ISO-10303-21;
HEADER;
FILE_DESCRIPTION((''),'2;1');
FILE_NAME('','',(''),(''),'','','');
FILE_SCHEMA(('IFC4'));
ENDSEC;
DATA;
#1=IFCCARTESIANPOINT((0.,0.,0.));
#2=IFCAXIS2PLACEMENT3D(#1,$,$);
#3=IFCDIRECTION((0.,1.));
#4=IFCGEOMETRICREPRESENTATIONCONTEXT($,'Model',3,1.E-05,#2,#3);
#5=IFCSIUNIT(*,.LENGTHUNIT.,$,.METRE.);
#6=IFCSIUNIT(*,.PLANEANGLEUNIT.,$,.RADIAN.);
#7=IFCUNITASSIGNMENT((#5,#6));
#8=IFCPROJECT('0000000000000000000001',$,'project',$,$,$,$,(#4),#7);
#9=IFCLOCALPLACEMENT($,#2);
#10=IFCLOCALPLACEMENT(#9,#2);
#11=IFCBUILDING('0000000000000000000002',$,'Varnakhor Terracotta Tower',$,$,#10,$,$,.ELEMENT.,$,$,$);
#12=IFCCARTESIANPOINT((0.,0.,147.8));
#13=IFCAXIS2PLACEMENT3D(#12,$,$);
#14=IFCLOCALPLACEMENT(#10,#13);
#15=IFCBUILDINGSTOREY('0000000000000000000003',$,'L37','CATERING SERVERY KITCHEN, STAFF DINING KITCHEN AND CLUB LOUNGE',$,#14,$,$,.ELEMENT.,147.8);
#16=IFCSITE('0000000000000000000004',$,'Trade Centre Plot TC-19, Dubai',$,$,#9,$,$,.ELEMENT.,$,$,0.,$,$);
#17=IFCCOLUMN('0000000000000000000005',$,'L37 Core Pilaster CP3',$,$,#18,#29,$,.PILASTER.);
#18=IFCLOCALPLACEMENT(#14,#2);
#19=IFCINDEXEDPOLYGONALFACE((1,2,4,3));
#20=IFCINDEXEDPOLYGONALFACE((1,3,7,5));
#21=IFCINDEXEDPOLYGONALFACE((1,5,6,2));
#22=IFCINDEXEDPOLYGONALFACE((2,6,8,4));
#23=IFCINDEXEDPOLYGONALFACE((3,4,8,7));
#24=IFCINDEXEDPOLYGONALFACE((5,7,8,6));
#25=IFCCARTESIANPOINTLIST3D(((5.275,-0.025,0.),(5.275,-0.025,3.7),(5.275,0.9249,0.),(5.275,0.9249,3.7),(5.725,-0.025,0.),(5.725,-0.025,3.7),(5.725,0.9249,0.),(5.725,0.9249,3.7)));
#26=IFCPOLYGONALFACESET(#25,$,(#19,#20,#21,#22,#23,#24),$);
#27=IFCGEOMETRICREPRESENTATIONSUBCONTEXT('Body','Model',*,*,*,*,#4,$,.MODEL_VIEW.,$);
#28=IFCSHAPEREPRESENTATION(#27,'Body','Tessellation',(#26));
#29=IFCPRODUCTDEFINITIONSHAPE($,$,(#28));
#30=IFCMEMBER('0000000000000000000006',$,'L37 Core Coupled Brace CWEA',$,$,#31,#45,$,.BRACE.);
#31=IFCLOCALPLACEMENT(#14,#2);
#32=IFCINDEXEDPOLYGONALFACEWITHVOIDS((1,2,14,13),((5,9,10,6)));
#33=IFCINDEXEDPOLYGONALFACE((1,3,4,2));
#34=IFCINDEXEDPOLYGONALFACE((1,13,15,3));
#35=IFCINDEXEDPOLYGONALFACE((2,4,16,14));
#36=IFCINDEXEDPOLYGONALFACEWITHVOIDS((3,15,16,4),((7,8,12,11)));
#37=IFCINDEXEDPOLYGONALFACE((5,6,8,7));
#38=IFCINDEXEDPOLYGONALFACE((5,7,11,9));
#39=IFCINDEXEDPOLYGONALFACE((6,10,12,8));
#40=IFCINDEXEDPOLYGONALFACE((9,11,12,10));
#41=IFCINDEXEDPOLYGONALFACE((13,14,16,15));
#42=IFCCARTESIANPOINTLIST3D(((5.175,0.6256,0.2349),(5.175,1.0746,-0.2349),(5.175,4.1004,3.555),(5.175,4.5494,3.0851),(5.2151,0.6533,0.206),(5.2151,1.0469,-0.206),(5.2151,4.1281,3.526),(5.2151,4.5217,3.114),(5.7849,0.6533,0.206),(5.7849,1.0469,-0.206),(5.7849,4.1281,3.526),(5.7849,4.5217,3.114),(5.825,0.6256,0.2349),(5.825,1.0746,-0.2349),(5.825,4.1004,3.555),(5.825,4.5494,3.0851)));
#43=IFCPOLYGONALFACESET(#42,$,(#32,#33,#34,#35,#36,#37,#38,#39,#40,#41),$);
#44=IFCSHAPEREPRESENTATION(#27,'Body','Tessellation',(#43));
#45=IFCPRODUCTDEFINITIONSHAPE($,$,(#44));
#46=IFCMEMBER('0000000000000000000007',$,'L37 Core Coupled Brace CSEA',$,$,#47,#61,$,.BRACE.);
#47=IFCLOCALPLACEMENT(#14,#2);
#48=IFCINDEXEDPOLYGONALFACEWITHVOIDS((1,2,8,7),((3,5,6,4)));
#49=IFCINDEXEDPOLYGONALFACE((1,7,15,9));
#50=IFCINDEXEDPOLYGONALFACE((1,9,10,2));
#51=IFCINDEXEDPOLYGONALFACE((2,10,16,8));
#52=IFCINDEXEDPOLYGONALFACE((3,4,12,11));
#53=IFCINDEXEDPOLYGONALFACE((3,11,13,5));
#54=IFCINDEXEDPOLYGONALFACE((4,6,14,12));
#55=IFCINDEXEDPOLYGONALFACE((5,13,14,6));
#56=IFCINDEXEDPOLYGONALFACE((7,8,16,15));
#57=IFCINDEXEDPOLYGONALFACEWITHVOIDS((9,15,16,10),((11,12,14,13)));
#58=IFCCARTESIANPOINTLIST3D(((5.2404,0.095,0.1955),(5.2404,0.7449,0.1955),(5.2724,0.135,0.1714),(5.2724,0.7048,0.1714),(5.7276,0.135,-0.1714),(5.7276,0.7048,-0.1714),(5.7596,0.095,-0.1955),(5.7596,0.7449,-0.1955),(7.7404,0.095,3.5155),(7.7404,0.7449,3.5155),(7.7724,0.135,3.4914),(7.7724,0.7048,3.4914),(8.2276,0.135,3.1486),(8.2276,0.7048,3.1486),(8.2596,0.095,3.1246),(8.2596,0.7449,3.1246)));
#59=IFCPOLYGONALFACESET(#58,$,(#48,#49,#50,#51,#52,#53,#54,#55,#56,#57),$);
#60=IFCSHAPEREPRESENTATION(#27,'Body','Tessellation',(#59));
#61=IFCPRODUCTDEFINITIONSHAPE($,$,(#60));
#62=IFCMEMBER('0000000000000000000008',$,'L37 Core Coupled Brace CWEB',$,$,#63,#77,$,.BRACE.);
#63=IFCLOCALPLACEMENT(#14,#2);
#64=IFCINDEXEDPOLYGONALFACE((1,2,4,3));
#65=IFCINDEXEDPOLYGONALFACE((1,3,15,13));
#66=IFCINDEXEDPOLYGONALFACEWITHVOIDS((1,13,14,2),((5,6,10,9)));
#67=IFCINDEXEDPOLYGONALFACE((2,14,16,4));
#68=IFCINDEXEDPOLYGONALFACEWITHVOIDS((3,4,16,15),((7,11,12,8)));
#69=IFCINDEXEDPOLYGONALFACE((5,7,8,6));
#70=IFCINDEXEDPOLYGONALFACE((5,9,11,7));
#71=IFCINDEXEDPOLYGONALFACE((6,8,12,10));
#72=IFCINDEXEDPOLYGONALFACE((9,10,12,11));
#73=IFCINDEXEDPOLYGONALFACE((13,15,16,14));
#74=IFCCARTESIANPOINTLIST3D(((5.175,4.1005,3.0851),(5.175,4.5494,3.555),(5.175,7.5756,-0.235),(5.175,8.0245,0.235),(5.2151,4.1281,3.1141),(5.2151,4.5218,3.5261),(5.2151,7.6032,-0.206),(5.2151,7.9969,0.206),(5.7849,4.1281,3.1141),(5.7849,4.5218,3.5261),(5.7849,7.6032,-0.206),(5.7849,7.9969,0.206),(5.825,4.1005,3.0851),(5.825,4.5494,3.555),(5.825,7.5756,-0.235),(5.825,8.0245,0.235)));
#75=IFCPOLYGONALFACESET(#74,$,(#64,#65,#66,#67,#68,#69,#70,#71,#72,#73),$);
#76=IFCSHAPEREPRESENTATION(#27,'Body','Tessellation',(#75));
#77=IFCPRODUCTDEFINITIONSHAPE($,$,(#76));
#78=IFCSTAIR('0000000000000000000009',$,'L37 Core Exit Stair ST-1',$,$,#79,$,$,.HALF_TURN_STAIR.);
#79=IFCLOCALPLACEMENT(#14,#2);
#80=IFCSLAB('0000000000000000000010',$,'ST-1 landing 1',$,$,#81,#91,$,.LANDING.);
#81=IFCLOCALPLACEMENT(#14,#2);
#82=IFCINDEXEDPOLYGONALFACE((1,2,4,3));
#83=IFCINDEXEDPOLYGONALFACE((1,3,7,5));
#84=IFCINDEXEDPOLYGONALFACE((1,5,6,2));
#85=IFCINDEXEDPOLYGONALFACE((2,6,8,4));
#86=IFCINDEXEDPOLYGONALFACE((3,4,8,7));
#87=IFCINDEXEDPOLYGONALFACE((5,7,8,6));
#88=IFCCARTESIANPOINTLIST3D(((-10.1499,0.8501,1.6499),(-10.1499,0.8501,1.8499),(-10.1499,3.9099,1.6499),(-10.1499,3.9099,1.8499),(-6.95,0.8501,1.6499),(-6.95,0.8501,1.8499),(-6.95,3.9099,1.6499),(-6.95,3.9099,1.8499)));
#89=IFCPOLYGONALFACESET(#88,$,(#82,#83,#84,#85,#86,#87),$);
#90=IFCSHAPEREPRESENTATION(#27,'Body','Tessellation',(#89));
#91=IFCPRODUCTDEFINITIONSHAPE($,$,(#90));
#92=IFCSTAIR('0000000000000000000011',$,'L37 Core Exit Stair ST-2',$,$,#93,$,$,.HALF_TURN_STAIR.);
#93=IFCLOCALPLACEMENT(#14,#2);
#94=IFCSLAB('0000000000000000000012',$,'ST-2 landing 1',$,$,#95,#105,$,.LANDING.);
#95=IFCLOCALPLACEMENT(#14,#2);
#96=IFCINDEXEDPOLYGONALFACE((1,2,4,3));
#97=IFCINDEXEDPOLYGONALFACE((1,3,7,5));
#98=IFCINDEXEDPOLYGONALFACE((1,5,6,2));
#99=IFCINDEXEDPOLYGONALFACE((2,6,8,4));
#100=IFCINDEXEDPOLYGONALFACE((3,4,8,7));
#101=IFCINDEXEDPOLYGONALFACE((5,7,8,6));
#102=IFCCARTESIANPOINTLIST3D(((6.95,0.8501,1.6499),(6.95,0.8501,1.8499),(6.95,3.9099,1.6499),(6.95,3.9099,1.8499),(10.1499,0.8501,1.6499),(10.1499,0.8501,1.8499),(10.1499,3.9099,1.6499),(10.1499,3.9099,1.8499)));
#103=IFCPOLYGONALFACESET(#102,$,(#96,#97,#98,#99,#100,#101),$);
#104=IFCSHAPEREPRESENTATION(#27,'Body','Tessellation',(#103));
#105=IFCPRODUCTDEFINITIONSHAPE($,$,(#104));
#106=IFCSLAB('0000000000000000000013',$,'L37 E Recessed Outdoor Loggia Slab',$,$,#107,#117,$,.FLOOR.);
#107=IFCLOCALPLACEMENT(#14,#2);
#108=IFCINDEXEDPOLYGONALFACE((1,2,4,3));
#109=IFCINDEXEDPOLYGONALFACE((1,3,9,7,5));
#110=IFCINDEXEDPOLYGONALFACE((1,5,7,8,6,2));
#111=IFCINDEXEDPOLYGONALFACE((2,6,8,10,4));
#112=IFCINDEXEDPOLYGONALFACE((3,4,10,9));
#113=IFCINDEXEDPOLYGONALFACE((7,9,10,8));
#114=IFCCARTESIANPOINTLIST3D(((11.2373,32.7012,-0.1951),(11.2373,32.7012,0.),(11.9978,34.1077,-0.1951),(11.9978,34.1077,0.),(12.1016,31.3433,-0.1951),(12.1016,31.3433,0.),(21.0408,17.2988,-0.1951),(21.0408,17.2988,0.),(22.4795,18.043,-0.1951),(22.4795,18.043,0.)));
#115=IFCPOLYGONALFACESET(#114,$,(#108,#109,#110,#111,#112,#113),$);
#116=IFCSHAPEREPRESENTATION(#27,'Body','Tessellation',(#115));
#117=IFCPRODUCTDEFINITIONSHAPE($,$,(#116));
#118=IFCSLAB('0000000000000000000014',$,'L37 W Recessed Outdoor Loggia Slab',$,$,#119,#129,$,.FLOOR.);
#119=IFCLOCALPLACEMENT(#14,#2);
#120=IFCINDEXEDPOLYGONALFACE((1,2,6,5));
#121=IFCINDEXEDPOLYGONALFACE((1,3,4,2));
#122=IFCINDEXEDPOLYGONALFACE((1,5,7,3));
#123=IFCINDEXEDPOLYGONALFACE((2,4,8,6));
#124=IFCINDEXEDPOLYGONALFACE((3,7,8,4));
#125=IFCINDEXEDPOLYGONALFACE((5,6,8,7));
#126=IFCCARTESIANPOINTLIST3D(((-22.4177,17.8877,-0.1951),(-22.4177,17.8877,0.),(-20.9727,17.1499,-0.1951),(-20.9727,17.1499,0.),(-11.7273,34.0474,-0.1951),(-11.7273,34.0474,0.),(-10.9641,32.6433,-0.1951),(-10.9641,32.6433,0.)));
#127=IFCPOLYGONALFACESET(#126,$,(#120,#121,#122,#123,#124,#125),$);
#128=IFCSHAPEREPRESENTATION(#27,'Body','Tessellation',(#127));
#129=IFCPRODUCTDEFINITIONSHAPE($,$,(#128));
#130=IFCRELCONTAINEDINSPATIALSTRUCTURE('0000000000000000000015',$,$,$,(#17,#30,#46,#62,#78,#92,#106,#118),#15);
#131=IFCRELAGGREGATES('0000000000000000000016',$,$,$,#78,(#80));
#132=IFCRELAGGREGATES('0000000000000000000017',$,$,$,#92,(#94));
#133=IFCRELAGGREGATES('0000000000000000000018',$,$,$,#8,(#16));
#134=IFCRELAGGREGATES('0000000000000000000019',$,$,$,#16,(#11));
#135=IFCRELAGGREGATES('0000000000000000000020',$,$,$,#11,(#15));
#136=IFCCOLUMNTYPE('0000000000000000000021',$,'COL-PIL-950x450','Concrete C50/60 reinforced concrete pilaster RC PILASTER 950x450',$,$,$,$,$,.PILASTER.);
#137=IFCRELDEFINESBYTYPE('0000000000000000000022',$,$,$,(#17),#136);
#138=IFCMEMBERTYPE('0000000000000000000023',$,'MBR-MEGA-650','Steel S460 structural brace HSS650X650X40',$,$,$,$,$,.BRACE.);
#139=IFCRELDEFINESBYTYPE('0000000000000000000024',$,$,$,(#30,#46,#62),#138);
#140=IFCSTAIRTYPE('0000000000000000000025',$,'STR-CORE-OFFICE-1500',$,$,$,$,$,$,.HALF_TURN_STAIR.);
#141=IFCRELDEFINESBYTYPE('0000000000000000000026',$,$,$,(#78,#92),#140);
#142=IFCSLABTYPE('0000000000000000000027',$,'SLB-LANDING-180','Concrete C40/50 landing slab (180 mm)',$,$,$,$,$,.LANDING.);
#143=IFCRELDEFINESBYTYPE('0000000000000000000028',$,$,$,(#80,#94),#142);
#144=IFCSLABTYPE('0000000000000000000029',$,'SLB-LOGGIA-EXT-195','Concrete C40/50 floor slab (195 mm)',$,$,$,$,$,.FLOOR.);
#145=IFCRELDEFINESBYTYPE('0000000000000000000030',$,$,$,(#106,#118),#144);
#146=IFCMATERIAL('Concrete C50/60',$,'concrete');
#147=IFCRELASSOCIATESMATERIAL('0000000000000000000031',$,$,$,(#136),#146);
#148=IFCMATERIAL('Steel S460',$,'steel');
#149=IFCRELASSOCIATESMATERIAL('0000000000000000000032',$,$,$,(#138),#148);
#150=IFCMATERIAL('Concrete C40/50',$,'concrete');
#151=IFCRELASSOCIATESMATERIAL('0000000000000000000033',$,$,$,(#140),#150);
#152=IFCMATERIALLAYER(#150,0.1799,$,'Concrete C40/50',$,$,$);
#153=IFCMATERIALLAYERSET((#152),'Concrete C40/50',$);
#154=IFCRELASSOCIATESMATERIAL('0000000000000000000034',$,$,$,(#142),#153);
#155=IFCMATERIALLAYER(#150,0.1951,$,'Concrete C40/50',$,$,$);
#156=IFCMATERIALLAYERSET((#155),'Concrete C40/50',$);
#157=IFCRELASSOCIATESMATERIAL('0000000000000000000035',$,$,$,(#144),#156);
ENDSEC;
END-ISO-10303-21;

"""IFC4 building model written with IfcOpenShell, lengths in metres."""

from ifc_helpers import new_model, si_unit, direction, frame, origin, origin_2d, place, context, subcontext, project, spatial, polyline, rectangle, hollow_rectangle, outline, extrude, source, transform, mapped, material, layer, layer_set, material_profile, profile_set, type_object, element, aggregate, save


model = new_model("IFC4")

# Units and contexts
model_context = context("Model", 3, precision=1e-05, world=origin(), true_north=direction((0.0, 1.0)))
body_context = subcontext(model_context, "Body", "Model", "MODEL_VIEW")
ifc_project = project(units=[si_unit("LENGTHUNIT", "METRE"), si_unit("PLANEANGLEUNIT", "RADIAN")], contexts=[model_context])

# Site, building, storey
site_placement = place(None, origin())
site = spatial("IfcSite", under=ifc_project, at=site_placement, Name="Trade Centre Plot TC-19, Dubai", CompositionType="ELEMENT", RefElevation=0.0)
building_placement = place(site_placement, origin())
building = spatial("IfcBuilding", under=site, at=building_placement, Name="Varnakhor Terracotta Tower", CompositionType="ELEMENT")
storey_placement = place(building_placement, frame((0.0, 0.0, 147.8)))
storey = spatial("IfcBuildingStorey", under=building, at=storey_placement, Name="L37", Description="CATERING SERVERY KITCHEN, STAFF DINING KITCHEN AND CLUB LOUNGE", CompositionType="ELEMENT", Elevation=147.8)

# Column
ifc_material_1 = material(Name="Concrete C50/60", Category="concrete")
ifc_material_profile_1 = material_profile(ifc_material_1, rectangle(XDim=0.45, YDim=0.95, at=origin_2d()), Name="RC PILASTER 950x450")
ifc_profile_set_1 = profile_set([ifc_material_profile_1], Name="Concrete C50/60")
column_type = type_object("IfcColumnType", Name="COL-PIL-950x450", Description="Concrete C50/60 reinforced concrete pilaster RC PILASTER 950x450", PredefinedType="PILASTER", material=ifc_profile_set_1)
shared_shape_1 = source(origin(), body_context, "Body", "SweptSolid", [
    extrude(rectangle(XDim=0.45, YDim=0.95, at=origin_2d()), origin(), (0.0, 0.0, 1.0), 3.7),
])
column_placement = place(storey_placement, frame((5.5, 0.45, 0.0), z_axis=(0.0, 0.0, 1.0), x_axis=(1.0, 0.0, 0.0)))
element("IfcColumn", 1, at=column_placement, inside=storey, type_object=column_type, Name="L37 Core Pilaster CP3", PredefinedType="PILASTER", context=body_context, shape_type="MappedRepresentation", body=[
    mapped(shared_shape_1, transform((0.0, 0.0, 0.0), scale=1.0)),
])

# Members
ifc_material_2 = material(Name="Steel S460", Category="steel")
ifc_material_profile_2 = material_profile(ifc_material_2, hollow_rectangle(XDim=0.6499, YDim=0.6499, WallThickness=0.04, at=origin_2d()), Name="HSS650X650X40")
ifc_profile_set_2 = profile_set([ifc_material_profile_2], Name="Steel S460")
member_type = type_object("IfcMemberType", Name="MBR-MEGA-650", Description="Steel S460 structural brace HSS650X650X40", PredefinedType="BRACE", material=ifc_profile_set_2)
shared_shape_2 = source(origin(), body_context, "Body", "SweptSolid", [
    extrude(hollow_rectangle(XDim=0.6499, YDim=0.6499, WallThickness=0.04, at=origin_2d()), origin(), (0.0, 0.0, 1.0), 4.8059),
])
member_1_placement = place(storey_placement, frame((5.5, 0.8501, 0.0), z_axis=(0.0, 0.723027, 0.69082), x_axis=(-1.0, 0.0, 0.0)))
element("IfcMember", 2, at=member_1_placement, inside=storey, type_object=member_type, Name="L37 Core Coupled Brace CWEA", PredefinedType="BRACE", context=body_context, shape_type="MappedRepresentation", body=[
    mapped(shared_shape_2, transform((0.0, 0.0, 0.0), scale=1.0)),
])
shared_shape_3 = source(origin(), body_context, "Body", "SweptSolid", [
    extrude(hollow_rectangle(XDim=0.6499, YDim=0.6499, WallThickness=0.04, at=origin_2d()), origin(), (0.0, 0.0, 1.0), 4.156),
])
member_2_placement = place(storey_placement, frame((5.5, 0.4199, 0.0), z_axis=(0.601531, 0.0, 0.79885), x_axis=(0.0, 1.0, 0.0)))
element("IfcMember", 3, at=member_2_placement, inside=storey, type_object=member_type, Name="L37 Core Coupled Brace CSEA", PredefinedType="BRACE", context=body_context, shape_type="MappedRepresentation", body=[
    mapped(shared_shape_3, transform((0.0, 0.0, 0.0), scale=1.0)),
])
shared_shape_4 = source(origin(), body_context, "Body", "SweptSolid", [
    extrude(hollow_rectangle(XDim=0.6499, YDim=0.6499, WallThickness=0.04, at=origin_2d()), origin(), (0.0, 0.0, 1.0), 4.8062),
])
member_3_placement = place(storey_placement, frame((5.5, 7.8, 0.0), z_axis=(0.0, -0.723051, 0.690795), x_axis=(1.0, 0.0, 0.0)))
element("IfcMember", 4, at=member_3_placement, inside=storey, type_object=member_type, Name="L37 Core Coupled Brace CWEB", PredefinedType="BRACE", context=body_context, shape_type="MappedRepresentation", body=[
    mapped(shared_shape_4, transform((0.0, 0.0, 0.0), scale=1.0)),
])

# Stairs, slabs
ifc_material_3 = material(Name="Concrete C40/50", Category="concrete")
stair_type = type_object("IfcStairType", Name="STR-CORE-OFFICE-1500", PredefinedType="HALF_TURN_STAIR", material=ifc_material_3)
stair_1_placement = place(storey_placement, origin())
stair_1 = element("IfcStair", 5, at=stair_1_placement, inside=storey, type_object=stair_type, Name="L37 Core Exit Stair ST-1", PredefinedType="HALF_TURN_STAIR")
ifc_layer_1 = layer(ifc_material_3, 0.1799, Name="Concrete C40/50")
ifc_layer_set_1 = layer_set([ifc_layer_1], Name="Concrete C40/50")
slab_type_1 = type_object("IfcSlabType", Name="SLB-LANDING-180", Description="Concrete C40/50 landing slab (180 mm)", PredefinedType="LANDING", material=ifc_layer_set_1)
slab_1_placement = place(storey_placement, frame((0.0, 0.0, 1.6499)))
slab_1 = element("IfcSlab", 6, at=slab_1_placement, type_object=slab_type_1, Name="ST-1 landing 1", PredefinedType="LANDING", context=body_context, shape_type="SweptSolid", body=[
    extrude(outline(polyline([(-10.1499, 3.9099), (-10.1499, 0.8501), (-6.95, 0.8501), (-6.95, 3.9099), (-10.1499, 3.9099)])), origin(), (0.0, 0.0, 1.0), 0.2),
])
aggregate(stair_1, [slab_1])
stair_2_placement = place(storey_placement, origin())
stair_2 = element("IfcStair", 7, at=stair_2_placement, inside=storey, type_object=stair_type, Name="L37 Core Exit Stair ST-2", PredefinedType="HALF_TURN_STAIR")
slab_2_placement = place(storey_placement, frame((0.0, 0.0, 1.6499)))
slab_2 = element("IfcSlab", 8, at=slab_2_placement, type_object=slab_type_1, Name="ST-2 landing 1", PredefinedType="LANDING", context=body_context, shape_type="SweptSolid", body=[
    extrude(outline(polyline([(6.95, 3.9099), (6.95, 0.8501), (10.1499, 0.8501), (10.1499, 3.9099), (6.95, 3.9099)])), origin(), (0.0, 0.0, 1.0), 0.2),
])

# Slabs
ifc_layer_2 = layer(ifc_material_3, 0.1951, Name="Concrete C40/50")
ifc_layer_set_2 = layer_set([ifc_layer_2], Name="Concrete C40/50")
slab_type_2 = type_object("IfcSlabType", Name="SLB-LOGGIA-EXT-195", Description="Concrete C40/50 floor slab (195 mm)", PredefinedType="FLOOR", material=ifc_layer_set_2)
slab_3_placement = place(storey_placement, frame((0.0, 0.0, -0.1951)))
element("IfcSlab", 9, at=slab_3_placement, inside=storey, type_object=slab_type_2, Name="L37 E Recessed Outdoor Loggia Slab", PredefinedType="FLOOR", context=body_context, shape_type="SweptSolid", body=[
    extrude(outline(polyline([(11.9978, 34.1077), (22.4795, 18.043), (21.0408, 17.2988), (12.1016, 31.3433), (11.2373, 32.7012), (11.9978, 34.1077)])), origin(), (0.0, 0.0, 1.0), 0.1951),
])
slab_4_placement = place(storey_placement, frame((0.0, 0.0, -0.1951)))
element("IfcSlab", 10, at=slab_4_placement, inside=storey, type_object=slab_type_2, Name="L37 W Recessed Outdoor Loggia Slab", PredefinedType="FLOOR", context=body_context, shape_type="SweptSolid", body=[
    extrude(outline(polyline([(-22.4177, 17.8877), (-11.7273, 34.0474), (-10.9641, 32.6433), (-20.9727, 17.1499), (-22.4177, 17.8877)])), origin(), (0.0, 0.0, 1.0), 0.1951),
])

aggregate(stair_2, [slab_2])

save(model, "model.ifc")
